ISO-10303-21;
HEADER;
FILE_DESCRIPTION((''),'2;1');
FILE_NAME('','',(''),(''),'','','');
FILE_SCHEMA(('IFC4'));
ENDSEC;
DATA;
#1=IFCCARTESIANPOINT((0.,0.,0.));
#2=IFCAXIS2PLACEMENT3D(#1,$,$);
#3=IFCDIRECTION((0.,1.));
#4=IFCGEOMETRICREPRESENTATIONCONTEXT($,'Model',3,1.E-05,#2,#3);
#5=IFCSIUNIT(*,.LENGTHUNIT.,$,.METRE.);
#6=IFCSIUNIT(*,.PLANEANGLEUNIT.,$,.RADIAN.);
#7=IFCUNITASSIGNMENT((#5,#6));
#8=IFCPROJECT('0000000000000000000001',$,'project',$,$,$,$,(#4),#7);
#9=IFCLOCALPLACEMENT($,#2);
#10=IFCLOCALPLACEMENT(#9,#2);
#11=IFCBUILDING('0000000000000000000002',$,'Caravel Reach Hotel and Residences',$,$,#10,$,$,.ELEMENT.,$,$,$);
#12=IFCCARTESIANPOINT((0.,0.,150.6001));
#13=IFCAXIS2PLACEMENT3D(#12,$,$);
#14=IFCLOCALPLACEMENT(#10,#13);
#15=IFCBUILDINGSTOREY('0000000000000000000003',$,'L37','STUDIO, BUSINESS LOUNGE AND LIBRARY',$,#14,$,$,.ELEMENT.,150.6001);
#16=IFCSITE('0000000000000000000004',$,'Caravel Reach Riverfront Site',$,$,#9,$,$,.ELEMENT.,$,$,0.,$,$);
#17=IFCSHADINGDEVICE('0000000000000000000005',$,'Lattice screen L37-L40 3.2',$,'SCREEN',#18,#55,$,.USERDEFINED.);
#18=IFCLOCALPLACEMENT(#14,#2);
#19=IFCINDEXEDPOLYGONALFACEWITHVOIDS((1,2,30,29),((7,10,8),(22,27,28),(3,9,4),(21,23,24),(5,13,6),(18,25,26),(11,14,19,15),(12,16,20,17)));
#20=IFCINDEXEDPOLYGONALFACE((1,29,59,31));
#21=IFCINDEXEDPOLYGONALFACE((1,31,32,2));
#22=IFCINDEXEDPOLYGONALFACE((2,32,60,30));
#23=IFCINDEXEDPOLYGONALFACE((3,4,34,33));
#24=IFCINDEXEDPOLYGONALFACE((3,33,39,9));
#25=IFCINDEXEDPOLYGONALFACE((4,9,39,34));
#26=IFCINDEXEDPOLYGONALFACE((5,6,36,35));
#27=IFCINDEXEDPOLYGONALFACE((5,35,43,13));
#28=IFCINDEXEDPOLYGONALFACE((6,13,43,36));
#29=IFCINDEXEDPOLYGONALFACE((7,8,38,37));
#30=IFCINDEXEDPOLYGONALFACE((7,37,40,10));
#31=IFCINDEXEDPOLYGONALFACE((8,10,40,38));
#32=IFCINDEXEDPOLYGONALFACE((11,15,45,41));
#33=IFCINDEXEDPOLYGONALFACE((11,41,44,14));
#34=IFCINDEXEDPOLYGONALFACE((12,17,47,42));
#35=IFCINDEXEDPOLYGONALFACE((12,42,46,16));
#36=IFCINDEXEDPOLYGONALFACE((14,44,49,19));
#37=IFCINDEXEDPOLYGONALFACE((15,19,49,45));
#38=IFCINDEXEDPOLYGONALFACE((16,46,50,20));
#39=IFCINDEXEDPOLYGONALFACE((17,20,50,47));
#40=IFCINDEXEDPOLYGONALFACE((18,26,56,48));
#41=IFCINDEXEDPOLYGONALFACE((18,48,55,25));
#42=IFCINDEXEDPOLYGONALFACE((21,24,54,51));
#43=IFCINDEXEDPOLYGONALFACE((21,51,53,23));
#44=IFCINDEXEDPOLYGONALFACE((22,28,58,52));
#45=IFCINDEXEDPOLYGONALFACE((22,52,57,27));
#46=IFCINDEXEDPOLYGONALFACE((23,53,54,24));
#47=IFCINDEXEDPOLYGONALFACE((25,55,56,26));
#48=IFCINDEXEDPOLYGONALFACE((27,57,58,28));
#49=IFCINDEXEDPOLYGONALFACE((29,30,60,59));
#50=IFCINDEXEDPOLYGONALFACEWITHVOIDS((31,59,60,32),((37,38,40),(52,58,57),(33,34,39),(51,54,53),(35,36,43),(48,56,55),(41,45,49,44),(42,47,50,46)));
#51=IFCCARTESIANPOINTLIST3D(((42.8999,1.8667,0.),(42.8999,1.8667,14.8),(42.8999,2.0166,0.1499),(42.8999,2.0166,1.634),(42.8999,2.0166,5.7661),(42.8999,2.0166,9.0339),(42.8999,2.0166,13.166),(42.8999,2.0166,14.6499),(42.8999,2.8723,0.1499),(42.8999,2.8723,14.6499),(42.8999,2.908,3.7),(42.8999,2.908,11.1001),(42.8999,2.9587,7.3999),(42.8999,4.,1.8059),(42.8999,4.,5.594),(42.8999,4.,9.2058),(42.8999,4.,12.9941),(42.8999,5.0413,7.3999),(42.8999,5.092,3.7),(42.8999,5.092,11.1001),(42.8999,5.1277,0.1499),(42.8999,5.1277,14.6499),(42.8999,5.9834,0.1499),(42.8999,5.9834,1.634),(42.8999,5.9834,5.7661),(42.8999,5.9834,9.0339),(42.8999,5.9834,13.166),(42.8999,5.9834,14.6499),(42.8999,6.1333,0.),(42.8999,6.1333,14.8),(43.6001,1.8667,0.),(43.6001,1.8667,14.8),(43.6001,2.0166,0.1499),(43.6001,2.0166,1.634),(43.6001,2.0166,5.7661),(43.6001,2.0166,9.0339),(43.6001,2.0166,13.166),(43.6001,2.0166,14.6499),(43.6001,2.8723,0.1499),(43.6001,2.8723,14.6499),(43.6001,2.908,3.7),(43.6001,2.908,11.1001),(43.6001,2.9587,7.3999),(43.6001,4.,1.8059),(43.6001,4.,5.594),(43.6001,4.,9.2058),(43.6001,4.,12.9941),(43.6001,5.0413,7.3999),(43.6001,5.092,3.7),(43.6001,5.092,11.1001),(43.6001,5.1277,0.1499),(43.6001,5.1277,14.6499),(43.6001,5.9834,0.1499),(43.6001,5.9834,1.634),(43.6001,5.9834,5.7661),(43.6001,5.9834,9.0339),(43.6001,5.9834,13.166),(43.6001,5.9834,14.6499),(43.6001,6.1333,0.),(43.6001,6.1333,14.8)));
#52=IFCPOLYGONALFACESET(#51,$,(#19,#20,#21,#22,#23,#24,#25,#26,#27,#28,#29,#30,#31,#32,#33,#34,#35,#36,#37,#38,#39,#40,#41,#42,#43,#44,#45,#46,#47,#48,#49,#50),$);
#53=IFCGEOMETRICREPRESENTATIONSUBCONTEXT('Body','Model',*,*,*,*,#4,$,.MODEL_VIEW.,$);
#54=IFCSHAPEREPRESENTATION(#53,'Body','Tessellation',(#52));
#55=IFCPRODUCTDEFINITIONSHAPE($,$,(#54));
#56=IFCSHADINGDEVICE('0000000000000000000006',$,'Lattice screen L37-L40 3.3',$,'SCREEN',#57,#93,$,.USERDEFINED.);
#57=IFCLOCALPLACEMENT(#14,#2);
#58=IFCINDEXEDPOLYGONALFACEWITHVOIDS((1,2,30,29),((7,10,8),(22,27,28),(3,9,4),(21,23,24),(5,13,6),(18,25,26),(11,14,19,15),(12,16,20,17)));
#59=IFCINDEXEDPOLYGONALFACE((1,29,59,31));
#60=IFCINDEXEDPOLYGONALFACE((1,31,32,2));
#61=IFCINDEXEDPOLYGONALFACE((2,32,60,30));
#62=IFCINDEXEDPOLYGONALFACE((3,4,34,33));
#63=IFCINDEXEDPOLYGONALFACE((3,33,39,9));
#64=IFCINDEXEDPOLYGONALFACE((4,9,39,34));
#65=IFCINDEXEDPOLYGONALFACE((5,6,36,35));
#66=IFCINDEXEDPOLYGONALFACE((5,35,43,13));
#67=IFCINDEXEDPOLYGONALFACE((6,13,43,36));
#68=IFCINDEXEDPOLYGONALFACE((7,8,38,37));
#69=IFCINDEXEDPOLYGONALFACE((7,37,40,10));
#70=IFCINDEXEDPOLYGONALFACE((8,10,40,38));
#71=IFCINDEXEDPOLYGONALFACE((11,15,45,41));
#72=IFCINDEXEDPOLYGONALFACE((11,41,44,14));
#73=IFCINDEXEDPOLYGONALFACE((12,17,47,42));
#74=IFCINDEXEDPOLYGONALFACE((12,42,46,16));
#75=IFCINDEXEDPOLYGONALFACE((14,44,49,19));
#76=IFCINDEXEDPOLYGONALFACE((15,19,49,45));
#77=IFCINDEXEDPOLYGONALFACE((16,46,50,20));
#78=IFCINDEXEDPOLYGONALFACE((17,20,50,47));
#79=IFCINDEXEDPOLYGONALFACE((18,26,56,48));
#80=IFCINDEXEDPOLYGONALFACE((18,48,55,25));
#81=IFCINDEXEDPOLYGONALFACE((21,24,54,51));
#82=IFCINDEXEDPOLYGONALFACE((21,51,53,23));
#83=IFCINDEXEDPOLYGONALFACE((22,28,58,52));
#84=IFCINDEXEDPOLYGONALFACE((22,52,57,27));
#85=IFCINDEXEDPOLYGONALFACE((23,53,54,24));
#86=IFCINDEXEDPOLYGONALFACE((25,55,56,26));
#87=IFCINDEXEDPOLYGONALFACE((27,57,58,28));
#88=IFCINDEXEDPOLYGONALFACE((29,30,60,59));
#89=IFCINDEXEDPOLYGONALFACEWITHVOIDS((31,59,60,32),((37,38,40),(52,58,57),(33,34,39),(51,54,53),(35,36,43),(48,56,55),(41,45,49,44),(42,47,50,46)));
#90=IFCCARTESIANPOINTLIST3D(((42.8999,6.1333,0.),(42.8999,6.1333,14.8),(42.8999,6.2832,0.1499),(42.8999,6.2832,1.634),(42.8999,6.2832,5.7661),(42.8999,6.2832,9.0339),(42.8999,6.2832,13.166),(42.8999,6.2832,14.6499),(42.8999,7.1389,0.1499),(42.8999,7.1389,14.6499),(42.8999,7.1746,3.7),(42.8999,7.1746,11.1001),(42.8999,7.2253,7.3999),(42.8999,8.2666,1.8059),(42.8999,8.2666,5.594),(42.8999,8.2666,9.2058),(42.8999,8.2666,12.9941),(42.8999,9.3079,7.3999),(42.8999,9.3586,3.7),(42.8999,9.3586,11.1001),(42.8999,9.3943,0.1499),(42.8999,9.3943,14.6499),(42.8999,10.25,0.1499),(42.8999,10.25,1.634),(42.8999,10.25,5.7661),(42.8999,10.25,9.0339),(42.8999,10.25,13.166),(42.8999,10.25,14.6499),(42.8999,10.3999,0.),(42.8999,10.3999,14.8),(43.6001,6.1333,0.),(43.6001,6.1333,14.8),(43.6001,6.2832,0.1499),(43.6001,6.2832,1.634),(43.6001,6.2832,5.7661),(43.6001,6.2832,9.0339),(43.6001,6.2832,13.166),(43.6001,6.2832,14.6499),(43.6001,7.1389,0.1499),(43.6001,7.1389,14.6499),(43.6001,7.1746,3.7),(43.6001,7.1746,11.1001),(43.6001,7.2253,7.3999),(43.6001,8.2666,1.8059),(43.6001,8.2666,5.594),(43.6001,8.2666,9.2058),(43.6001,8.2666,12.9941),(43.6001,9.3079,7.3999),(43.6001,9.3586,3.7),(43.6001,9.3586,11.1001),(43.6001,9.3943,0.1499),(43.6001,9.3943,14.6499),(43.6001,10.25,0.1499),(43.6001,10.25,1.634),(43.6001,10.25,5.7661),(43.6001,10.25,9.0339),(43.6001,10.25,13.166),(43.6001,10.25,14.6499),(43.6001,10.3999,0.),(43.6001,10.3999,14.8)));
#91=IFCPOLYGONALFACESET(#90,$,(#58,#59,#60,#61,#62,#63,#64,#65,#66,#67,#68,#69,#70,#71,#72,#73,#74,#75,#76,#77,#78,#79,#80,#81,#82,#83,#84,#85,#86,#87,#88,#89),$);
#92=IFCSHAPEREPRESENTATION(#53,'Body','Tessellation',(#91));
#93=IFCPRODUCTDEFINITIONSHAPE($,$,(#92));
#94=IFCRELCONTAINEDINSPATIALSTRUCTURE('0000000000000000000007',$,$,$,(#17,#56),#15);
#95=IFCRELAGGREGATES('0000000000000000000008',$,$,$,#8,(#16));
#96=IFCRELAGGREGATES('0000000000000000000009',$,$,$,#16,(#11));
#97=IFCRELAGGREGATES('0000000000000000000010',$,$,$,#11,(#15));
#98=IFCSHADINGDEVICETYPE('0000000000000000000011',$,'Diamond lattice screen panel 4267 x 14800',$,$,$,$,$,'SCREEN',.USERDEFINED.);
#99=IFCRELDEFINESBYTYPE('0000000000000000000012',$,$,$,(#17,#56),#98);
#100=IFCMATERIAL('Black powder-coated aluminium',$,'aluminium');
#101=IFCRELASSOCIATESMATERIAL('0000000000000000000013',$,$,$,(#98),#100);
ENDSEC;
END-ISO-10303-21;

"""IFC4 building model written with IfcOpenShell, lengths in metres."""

from ifc_helpers import new_model, si_unit, direction, frame, origin, place, context, subcontext, project, spatial, polyline, outline, extrude, material, type_object, element, save


model = new_model("IFC4")

# Units and contexts
model_context = context("Model", 3, precision=1e-05, world=origin(), true_north=direction((0.0, 1.0)))
body_context = subcontext(model_context, "Body", "Model", "MODEL_VIEW")
ifc_project = project(units=[si_unit("LENGTHUNIT", "METRE"), si_unit("PLANEANGLEUNIT", "RADIAN")], contexts=[model_context])

# Site, building, storey
site_placement = place(None, origin())
site = spatial("IfcSite", under=ifc_project, at=site_placement, Name="Caravel Reach Riverfront Site", CompositionType="ELEMENT", RefElevation=0.0)
building_placement = place(site_placement, origin())
building = spatial("IfcBuilding", under=site, at=building_placement, Name="Caravel Reach Hotel and Residences", CompositionType="ELEMENT")
storey_placement = place(building_placement, frame((0.0, 0.0, 150.6001)))
storey = spatial("IfcBuildingStorey", under=building, at=storey_placement, Name="L37", Description="STUDIO, BUSINESS LOUNGE AND LIBRARY", CompositionType="ELEMENT", Elevation=150.6001)

# Shading devices
ifc_material_1 = material(Name="Black powder-coated aluminium", Category="aluminium")
shading_device_type_1 = type_object("IfcShadingDeviceType", Name="Diamond lattice screen panel 4267 x 14800", ElementType="SCREEN", PredefinedType="USERDEFINED", material=ifc_material_1)
for number, where, z_axis, x_axis, name in (
    (1, (42.8999, 1.8667, 0.0), (1.0, 0.0, 0.0), (0.0, 1.0, 0.0), "Lattice screen L37-L40 3.2"),
    (2, (42.8999, 6.1333, 0.0), (1.0, 0.0, 0.0), (0.0, 1.0, 0.0), "Lattice screen L37-L40 3.3"),
):
    element("IfcShadingDevice", number, at=place(storey_placement, frame(where, z_axis=z_axis, x_axis=x_axis)), inside=storey, type_object=shading_device_type_1, Name=name, ObjectType="SCREEN", PredefinedType="USERDEFINED", context=body_context, shape_type="SweptSolid", body=[
        extrude(outline(polyline([(0.0, 0.0), (4.2666, 0.0), (4.2666, 14.8), (0.0, 14.8), (0.0, 0.0)]), holes=[polyline([(1.0056, 0.1499), (0.1499, 1.634), (0.1499, 0.1499), (1.0056, 0.1499)]), polyline([(1.092, 7.3999), (0.1499, 9.0339), (0.1499, 5.7661), (1.092, 7.3999)]), polyline([(0.1499, 13.166), (1.0056, 14.6499), (0.1499, 14.6499), (0.1499, 13.166)]), polyline([(2.1333, 5.594), (1.0413, 3.7), (2.1333, 1.8059), (3.2253, 3.7), (2.1333, 5.594)]), polyline([(2.1333, 12.9941), (1.0413, 11.1001), (2.1333, 9.2058), (3.2253, 11.1001), (2.1333, 12.9941)]), polyline([(4.1167, 1.634), (3.261, 0.1499), (4.1167, 0.1499), (4.1167, 1.634)]), polyline([(3.1746, 7.3999), (4.1167, 5.7661), (4.1167, 9.0339), (3.1746, 7.3999)]), polyline([(3.261, 14.6499), (4.1167, 13.166), (4.1167, 14.6499), (3.261, 14.6499)])]), origin(), (0.0, 0.0, 1.0), 0.7002),
    ])

save(model, "model.ifc")
